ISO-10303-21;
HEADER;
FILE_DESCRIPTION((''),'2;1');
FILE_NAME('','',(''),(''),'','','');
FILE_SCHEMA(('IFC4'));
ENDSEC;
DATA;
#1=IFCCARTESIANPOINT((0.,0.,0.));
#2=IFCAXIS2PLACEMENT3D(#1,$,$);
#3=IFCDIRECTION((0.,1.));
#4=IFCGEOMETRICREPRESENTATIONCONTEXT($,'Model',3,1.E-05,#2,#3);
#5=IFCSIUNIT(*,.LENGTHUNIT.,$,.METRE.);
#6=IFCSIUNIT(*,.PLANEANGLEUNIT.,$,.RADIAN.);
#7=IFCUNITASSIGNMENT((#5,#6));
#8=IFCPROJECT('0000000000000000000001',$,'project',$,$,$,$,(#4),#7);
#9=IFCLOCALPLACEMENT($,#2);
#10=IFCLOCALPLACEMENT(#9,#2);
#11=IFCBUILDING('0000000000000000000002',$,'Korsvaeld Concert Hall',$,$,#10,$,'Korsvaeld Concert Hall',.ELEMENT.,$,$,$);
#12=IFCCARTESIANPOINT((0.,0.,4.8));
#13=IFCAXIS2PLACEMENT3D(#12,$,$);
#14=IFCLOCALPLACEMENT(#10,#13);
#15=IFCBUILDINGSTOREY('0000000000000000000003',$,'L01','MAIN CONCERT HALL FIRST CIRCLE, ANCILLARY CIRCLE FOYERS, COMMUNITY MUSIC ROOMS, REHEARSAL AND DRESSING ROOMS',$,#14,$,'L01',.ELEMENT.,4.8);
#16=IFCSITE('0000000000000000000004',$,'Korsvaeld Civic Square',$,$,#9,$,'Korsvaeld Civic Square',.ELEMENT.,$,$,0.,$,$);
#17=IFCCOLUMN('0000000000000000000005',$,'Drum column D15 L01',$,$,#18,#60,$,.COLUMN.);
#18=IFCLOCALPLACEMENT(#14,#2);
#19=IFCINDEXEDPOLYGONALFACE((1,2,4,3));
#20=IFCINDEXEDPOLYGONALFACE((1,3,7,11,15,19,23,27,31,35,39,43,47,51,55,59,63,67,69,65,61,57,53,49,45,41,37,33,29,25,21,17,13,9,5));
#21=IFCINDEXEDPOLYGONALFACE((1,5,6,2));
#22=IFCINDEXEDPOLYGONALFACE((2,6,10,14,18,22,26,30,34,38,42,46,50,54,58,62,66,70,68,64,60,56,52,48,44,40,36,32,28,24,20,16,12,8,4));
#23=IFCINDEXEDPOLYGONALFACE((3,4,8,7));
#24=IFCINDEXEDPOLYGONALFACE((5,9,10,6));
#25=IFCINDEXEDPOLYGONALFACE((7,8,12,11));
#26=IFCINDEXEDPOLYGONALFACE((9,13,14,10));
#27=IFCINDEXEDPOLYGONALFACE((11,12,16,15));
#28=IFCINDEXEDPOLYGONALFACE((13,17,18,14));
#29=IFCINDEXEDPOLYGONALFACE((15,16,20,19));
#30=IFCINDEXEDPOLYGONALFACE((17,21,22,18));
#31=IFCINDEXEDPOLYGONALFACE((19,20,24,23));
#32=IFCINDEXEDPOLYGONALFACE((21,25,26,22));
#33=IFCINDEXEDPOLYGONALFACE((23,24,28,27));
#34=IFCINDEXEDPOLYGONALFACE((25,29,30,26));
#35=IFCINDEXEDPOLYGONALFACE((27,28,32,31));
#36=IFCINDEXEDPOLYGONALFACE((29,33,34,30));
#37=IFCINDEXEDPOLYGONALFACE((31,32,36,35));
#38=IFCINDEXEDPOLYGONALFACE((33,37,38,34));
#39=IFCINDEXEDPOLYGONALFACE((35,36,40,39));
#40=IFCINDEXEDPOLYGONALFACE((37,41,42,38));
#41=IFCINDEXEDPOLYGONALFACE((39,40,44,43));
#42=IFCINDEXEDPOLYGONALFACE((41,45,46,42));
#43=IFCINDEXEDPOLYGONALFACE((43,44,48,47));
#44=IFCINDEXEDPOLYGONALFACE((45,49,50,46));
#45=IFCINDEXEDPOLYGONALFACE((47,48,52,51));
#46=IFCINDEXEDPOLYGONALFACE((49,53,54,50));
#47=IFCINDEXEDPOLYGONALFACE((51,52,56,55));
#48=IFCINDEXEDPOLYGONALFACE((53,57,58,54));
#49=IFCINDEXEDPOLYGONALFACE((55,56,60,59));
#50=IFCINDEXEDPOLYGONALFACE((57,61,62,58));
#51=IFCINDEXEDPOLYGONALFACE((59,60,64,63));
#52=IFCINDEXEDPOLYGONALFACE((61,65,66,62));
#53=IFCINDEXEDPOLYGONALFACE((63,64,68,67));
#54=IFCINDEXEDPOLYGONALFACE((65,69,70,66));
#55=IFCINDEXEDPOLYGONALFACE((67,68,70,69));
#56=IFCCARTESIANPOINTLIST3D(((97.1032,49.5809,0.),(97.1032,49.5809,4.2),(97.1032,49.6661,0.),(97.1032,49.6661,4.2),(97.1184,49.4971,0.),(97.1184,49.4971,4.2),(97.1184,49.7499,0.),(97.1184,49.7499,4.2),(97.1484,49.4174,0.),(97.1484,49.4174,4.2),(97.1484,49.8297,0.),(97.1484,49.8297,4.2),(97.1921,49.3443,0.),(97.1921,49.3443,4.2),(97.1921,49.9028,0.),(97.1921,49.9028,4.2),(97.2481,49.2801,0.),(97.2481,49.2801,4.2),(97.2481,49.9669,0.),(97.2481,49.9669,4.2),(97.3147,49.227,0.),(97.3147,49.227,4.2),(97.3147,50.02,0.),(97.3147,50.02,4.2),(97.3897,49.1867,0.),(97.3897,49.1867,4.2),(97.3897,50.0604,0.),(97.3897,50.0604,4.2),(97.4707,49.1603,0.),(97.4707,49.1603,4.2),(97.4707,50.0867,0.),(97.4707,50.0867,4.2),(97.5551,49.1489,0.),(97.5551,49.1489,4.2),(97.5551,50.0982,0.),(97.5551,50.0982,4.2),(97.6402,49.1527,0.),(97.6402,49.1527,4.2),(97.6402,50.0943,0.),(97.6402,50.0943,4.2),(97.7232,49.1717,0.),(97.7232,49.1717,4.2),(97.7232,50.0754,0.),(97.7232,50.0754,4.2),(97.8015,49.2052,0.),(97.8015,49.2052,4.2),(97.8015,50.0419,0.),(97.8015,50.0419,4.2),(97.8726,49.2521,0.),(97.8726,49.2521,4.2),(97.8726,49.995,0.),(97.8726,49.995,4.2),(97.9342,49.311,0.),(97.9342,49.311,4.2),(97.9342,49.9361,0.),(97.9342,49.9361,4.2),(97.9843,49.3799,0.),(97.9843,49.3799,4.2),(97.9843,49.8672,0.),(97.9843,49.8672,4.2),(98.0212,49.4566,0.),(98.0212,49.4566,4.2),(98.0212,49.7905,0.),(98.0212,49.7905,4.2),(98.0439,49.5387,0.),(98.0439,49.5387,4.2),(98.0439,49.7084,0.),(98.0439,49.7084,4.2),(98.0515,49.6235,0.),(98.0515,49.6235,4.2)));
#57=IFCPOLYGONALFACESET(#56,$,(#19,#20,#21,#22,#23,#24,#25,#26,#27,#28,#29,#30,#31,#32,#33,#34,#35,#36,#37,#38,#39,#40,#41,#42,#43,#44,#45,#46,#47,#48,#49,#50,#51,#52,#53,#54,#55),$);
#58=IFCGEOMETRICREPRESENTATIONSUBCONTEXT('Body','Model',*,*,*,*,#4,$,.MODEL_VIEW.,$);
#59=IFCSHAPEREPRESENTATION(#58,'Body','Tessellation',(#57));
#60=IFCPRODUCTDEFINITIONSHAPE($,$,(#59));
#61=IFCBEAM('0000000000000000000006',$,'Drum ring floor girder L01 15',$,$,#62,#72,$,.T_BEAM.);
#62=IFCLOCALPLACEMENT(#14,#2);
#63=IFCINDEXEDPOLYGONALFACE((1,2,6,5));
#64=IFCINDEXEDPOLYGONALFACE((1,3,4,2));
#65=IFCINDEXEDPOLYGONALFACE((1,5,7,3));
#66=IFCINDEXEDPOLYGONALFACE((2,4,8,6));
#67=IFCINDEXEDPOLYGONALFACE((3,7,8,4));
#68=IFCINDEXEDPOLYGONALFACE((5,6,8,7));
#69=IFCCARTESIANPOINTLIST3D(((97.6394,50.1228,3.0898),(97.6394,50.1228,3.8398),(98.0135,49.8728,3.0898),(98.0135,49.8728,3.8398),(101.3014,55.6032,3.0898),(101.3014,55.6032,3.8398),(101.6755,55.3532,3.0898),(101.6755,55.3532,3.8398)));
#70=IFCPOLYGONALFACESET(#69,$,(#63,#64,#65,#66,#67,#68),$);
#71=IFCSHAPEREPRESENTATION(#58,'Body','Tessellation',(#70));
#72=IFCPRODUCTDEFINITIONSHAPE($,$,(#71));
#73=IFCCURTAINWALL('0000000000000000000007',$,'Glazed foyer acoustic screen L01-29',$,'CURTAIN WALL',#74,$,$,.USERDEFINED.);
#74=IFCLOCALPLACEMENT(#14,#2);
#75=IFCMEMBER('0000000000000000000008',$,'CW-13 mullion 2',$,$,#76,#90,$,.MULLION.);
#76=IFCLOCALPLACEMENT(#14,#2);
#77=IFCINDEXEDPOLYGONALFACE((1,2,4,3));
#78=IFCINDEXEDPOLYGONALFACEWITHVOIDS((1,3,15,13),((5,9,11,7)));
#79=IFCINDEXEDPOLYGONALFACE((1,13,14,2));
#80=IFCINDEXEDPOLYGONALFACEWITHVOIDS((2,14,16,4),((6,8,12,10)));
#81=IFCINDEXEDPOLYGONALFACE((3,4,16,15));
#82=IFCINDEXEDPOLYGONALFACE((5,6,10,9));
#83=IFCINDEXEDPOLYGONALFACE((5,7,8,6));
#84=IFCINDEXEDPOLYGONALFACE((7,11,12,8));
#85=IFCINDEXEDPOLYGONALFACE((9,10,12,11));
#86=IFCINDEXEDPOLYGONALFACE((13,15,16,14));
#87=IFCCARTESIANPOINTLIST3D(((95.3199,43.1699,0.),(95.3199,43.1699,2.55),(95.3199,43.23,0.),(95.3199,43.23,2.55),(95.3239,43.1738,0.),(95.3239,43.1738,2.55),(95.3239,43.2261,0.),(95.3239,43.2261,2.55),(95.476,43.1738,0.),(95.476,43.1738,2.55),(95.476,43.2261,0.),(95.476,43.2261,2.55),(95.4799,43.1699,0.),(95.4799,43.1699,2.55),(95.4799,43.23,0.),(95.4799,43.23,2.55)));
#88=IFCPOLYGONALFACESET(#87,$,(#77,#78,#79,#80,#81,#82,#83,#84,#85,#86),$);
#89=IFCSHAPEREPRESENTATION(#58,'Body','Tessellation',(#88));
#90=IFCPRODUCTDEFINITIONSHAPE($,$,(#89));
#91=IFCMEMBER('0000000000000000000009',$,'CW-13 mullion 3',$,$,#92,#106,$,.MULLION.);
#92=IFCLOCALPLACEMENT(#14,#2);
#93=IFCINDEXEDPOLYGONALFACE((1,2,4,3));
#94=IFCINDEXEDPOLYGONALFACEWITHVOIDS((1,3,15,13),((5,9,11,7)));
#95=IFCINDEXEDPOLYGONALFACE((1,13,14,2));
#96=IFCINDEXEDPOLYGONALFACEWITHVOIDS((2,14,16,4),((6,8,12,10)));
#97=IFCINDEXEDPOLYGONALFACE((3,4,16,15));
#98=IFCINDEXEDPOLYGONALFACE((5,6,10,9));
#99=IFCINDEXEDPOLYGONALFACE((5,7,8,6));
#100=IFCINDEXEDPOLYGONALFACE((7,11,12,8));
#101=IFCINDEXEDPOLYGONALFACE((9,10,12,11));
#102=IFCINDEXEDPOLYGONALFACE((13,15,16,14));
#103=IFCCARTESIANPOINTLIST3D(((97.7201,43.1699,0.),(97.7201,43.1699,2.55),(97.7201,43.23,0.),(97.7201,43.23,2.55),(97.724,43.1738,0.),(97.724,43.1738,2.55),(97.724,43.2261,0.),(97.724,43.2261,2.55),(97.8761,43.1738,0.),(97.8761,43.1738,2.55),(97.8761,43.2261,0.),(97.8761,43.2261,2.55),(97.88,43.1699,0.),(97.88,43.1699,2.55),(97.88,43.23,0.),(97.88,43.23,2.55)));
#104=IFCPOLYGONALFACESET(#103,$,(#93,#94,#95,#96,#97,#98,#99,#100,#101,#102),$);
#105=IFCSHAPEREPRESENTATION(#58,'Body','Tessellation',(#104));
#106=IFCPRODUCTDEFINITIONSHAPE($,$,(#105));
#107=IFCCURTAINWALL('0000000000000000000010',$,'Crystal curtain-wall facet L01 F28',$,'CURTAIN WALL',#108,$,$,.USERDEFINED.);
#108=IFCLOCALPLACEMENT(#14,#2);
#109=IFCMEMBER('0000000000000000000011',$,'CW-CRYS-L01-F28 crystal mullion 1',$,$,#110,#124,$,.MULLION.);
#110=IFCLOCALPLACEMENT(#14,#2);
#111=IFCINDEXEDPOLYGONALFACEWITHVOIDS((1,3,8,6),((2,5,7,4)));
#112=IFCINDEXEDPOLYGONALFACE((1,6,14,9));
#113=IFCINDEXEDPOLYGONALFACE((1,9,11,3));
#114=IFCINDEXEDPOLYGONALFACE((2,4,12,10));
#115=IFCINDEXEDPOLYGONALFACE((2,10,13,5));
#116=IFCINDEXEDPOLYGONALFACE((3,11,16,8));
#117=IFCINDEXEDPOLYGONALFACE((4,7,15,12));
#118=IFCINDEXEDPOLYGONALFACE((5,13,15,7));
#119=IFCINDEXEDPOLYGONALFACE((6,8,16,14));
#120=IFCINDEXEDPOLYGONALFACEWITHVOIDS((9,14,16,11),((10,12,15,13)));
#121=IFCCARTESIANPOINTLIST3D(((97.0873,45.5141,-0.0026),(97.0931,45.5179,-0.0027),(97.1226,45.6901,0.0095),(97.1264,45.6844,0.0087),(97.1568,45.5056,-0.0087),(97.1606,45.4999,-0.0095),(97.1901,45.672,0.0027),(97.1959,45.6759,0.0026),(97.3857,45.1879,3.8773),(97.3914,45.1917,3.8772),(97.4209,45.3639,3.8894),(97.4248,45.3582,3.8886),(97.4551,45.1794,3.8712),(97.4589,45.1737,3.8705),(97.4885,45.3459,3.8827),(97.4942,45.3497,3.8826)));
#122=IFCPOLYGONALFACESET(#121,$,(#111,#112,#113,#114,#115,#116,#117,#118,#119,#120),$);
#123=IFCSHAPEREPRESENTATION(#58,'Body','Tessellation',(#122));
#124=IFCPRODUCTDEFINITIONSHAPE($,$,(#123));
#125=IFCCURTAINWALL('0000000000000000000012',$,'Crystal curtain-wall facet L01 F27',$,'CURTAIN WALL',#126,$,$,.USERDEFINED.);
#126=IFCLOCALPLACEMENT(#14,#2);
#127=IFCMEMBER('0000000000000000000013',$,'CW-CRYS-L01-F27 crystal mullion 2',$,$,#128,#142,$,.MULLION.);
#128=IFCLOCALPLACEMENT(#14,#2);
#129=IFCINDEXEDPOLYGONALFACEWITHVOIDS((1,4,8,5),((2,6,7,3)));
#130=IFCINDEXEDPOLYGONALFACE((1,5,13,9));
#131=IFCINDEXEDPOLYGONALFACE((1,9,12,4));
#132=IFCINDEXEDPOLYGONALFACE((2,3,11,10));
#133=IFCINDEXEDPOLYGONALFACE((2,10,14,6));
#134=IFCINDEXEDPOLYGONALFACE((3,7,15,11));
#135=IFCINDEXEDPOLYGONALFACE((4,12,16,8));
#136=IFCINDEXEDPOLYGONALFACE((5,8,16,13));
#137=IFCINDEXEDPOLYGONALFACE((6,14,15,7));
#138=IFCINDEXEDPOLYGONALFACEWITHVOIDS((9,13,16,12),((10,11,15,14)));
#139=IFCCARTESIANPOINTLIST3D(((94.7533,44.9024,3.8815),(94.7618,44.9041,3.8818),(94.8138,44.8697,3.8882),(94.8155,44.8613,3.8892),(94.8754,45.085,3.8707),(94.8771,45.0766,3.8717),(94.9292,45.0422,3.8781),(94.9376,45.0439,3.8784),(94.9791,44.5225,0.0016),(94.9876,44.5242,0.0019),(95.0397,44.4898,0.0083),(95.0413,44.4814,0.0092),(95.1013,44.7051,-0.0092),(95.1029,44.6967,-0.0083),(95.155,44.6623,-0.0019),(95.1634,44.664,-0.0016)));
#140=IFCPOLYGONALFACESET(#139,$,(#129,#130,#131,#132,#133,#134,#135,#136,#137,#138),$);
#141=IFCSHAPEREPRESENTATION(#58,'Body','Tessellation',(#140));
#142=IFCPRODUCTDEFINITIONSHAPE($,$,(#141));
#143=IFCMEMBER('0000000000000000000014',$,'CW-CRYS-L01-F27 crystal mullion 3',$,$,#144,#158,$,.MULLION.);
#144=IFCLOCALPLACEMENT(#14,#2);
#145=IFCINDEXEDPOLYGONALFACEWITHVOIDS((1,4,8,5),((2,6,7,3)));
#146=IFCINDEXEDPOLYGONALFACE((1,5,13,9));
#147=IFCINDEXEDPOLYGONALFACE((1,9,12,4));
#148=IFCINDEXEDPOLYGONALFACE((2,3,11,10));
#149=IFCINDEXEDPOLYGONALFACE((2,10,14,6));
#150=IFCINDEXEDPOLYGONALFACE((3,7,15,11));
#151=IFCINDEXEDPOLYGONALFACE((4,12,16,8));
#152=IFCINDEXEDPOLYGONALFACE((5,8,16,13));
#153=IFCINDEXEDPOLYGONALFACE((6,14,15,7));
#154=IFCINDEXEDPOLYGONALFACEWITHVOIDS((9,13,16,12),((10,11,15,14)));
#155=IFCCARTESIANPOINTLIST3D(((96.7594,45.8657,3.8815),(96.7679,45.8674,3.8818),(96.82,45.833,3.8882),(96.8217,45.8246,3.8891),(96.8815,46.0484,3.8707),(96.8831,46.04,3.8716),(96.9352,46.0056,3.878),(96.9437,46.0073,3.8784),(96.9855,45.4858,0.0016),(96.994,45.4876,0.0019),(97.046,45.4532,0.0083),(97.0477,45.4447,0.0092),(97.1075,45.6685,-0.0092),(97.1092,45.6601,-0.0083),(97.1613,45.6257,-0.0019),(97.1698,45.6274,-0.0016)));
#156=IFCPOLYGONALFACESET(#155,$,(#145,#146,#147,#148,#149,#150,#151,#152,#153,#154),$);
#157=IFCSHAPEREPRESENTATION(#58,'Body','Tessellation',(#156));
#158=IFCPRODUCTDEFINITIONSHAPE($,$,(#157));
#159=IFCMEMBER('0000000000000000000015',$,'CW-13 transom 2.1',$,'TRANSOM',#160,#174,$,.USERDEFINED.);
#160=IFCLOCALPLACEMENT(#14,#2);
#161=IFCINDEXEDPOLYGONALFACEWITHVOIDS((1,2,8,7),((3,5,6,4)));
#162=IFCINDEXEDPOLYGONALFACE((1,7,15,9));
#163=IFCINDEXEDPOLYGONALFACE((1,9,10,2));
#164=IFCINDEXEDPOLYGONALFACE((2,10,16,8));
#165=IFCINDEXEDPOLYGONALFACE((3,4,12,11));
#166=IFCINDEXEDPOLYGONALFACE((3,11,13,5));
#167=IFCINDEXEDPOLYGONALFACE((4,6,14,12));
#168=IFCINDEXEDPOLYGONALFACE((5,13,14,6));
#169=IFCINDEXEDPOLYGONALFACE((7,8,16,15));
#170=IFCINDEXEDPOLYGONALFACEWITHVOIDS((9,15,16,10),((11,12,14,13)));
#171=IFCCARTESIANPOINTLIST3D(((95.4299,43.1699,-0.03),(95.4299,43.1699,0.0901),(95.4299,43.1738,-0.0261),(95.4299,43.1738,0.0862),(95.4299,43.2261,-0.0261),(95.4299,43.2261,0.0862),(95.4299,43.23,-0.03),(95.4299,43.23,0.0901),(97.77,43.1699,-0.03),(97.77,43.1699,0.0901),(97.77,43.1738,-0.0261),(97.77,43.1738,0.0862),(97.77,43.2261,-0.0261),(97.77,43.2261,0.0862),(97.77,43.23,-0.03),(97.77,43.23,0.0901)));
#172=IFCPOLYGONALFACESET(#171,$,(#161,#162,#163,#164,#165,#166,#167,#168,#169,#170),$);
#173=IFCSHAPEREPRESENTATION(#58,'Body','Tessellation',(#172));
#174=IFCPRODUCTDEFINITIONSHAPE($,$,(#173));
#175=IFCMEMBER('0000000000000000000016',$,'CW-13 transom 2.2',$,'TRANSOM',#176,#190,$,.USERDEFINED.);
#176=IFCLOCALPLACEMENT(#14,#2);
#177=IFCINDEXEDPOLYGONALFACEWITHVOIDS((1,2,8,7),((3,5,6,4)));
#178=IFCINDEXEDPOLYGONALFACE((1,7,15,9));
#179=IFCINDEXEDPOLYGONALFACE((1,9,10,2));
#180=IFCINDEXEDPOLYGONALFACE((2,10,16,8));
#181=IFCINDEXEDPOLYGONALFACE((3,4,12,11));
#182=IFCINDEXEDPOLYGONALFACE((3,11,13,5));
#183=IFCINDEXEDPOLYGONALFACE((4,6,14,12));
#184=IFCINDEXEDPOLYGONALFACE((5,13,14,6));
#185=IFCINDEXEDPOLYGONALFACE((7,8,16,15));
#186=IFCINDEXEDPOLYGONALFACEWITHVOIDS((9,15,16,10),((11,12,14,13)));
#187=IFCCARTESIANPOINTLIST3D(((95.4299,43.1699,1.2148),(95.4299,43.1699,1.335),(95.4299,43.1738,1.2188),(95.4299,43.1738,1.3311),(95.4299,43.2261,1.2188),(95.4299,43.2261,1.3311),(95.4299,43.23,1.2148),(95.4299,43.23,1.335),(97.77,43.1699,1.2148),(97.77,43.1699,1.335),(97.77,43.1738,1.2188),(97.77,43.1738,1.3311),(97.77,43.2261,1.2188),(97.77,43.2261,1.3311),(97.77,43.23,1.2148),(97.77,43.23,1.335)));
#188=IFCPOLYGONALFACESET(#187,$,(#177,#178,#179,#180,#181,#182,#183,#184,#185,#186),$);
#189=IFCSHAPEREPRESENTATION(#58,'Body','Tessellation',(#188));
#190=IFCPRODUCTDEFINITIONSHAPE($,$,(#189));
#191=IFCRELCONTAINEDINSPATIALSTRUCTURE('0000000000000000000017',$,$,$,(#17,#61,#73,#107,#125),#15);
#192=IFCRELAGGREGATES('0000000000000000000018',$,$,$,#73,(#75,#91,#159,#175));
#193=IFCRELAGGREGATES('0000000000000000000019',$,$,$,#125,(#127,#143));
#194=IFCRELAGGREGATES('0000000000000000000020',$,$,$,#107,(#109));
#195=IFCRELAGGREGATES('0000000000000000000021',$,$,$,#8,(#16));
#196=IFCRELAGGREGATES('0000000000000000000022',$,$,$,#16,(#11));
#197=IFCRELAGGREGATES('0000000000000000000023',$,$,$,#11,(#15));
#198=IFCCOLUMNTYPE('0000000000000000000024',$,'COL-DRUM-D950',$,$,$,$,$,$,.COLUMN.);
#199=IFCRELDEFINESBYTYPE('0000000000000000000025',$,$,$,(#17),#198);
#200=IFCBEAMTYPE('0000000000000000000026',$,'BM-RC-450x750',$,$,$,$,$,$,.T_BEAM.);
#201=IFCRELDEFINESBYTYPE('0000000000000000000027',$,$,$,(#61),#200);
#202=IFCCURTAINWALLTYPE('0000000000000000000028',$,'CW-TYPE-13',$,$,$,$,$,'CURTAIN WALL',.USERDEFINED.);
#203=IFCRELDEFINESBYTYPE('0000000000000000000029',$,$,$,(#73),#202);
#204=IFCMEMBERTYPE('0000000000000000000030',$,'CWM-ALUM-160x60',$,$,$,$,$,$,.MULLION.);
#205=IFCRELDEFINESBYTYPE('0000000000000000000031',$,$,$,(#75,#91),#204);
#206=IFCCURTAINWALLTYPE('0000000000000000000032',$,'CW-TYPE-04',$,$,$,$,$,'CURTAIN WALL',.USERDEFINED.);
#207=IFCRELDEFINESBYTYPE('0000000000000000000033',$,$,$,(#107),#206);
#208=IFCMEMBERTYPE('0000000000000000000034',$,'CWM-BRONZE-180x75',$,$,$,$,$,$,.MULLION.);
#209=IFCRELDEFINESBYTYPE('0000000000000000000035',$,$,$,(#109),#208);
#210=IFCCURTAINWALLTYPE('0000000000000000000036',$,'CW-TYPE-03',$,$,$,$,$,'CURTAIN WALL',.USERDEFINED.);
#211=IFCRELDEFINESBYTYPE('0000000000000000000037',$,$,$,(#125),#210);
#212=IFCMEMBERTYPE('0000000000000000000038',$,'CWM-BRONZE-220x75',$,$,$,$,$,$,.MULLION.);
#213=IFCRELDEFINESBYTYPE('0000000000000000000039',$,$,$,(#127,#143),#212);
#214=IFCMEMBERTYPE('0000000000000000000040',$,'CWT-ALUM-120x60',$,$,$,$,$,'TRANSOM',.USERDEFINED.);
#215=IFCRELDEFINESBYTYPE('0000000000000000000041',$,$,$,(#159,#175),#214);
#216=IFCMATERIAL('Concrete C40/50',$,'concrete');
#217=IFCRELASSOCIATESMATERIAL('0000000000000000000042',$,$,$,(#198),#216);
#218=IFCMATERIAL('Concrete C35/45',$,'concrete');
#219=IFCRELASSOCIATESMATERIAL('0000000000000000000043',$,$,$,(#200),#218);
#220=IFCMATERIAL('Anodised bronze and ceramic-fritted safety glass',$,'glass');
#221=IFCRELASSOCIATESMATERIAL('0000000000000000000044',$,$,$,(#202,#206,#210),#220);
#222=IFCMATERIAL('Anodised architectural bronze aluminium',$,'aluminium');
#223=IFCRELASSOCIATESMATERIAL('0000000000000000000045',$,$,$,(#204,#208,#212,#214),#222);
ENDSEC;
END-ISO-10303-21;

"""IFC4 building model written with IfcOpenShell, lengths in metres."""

from ifc_helpers import new_model, si_unit, direction, frame, origin, origin_2d, place, context, subcontext, project, spatial, rectangle, hollow_rectangle, circle, extrude, material, material_profile, profile_set, type_object, element, aggregate, save


model = new_model("IFC4")

# Units and contexts
model_context = context("Model", 3, precision=1e-05, world=origin(), true_north=direction((0.0, 1.0)))
body_context = subcontext(model_context, "Body", "Model", "MODEL_VIEW")
ifc_project = project(units=[si_unit("LENGTHUNIT", "METRE"), si_unit("PLANEANGLEUNIT", "RADIAN")], contexts=[model_context])

# Site, building, storey
site_placement = place(None, origin())
site = spatial("IfcSite", under=ifc_project, at=site_placement, Name="Korsvaeld Civic Square", LongName="Korsvaeld Civic Square", CompositionType="ELEMENT", RefElevation=0.0)
building_placement = place(site_placement, origin())
building = spatial("IfcBuilding", under=site, at=building_placement, Name="Korsvaeld Concert Hall", LongName="Korsvaeld Concert Hall", CompositionType="ELEMENT")
storey_placement = place(building_placement, frame((0.0, 0.0, 4.8)))
storey = spatial("IfcBuildingStorey", under=building, at=storey_placement, Name="L01", Description="MAIN CONCERT HALL FIRST CIRCLE, ANCILLARY CIRCLE FOYERS, COMMUNITY MUSIC ROOMS, REHEARSAL AND DRESSING ROOMS", LongName="L01", CompositionType="ELEMENT", Elevation=4.8)

# Column
ifc_material_1 = material(Name="Concrete C40/50", Category="concrete")
ifc_material_profile_1 = material_profile(ifc_material_1, circle(Radius=0.4751, at=origin_2d()), Name="RC D950")
ifc_profile_set_1 = profile_set([ifc_material_profile_1], Name="Concrete C40/50")
column_type = type_object("IfcColumnType", Name="COL-DRUM-D950", PredefinedType="COLUMN", material=ifc_profile_set_1)
column_placement = place(storey_placement, frame((97.5764, 49.6235, 0.0), z_axis=(0.0, 0.0, 1.0), x_axis=(1.0, 0.0, 0.0)))
element("IfcColumn", 1, at=column_placement, inside=storey, type_object=column_type, Name="Drum column D15 L01", PredefinedType="COLUMN", context=body_context, shape_type="SweptSolid", body=[
    extrude(circle(Radius=0.4751, at=origin_2d()), origin(), (0.0, 0.0, 1.0), 4.2),
])

# Beam
ifc_material_2 = material(Name="Concrete C35/45", Category="concrete")
ifc_material_profile_2 = material_profile(ifc_material_2, rectangle(XDim=0.45, YDim=0.75, at=origin_2d()), Name="RC 450x750")
ifc_profile_set_2 = profile_set([ifc_material_profile_2], Name="Concrete C35/45")
beam_type = type_object("IfcBeamType", Name="BM-RC-450x750", PredefinedType="T_BEAM", material=ifc_profile_set_2)
beam_placement = place(storey_placement, frame((97.8264, 49.9978, 3.4648), z_axis=(0.555589, 0.831457, 0.0), x_axis=(-0.831457, 0.555589, 0.0)))
element("IfcBeam", 2, at=beam_placement, inside=storey, type_object=beam_type, Name="Drum ring floor girder L01 15", PredefinedType="T_BEAM", context=body_context, shape_type="SweptSolid", body=[
    extrude(rectangle(XDim=0.45, YDim=0.75, at=origin_2d()), origin(), (0.0, 0.0, 1.0), 6.5913),
])

# Curtain wall, members
ifc_material_3 = material(Name="Anodised bronze and ceramic-fritted safety glass", Category="glass")
curtain_wall_type_1 = type_object("IfcCurtainWallType", Name="CW-TYPE-13", ElementType="CURTAIN WALL", PredefinedType="USERDEFINED", material=ifc_material_3)
curtain_wall_1_placement = place(storey_placement, origin())
curtain_wall_1 = element("IfcCurtainWall", 3, at=curtain_wall_1_placement, inside=storey, type_object=curtain_wall_type_1, Name="Glazed foyer acoustic screen L01-29", ObjectType="CURTAIN WALL", PredefinedType="USERDEFINED")
ifc_material_4 = material(Name="Anodised architectural bronze aluminium", Category="aluminium")
ifc_material_profile_3 = material_profile(ifc_material_4, hollow_rectangle(XDim=0.0601, YDim=0.1599, WallThickness=0.0039, at=origin_2d()), Name="CWM 160x60x4")
ifc_profile_set_3 = profile_set([ifc_material_profile_3], Name="Anodised architectural bronze aluminium")
member_type_1 = type_object("IfcMemberType", Name="CWM-ALUM-160x60", PredefinedType="MULLION", material=ifc_profile_set_3)
member_1_placement = place(storey_placement, frame((95.3999, 43.2, 0.0), z_axis=(0.0, 0.0, 1.0), x_axis=(0.0, 1.0, 0.0)))
member_1 = element("IfcMember", 4, at=member_1_placement, type_object=member_type_1, Name="CW-13 mullion 2", PredefinedType="MULLION", context=body_context, shape_type="SweptSolid", body=[
    extrude(hollow_rectangle(XDim=0.0601, YDim=0.1599, WallThickness=0.0039, at=origin_2d()), origin(), (0.0, 0.0, 1.0), 2.55),
])
member_2_placement = place(storey_placement, frame((97.8, 43.2, 0.0), z_axis=(0.0, 0.0, 1.0), x_axis=(0.0, 1.0, 0.0)))
member_2 = element("IfcMember", 5, at=member_2_placement, type_object=member_type_1, Name="CW-13 mullion 3", PredefinedType="MULLION", context=body_context, shape_type="SweptSolid", body=[
    extrude(hollow_rectangle(XDim=0.0601, YDim=0.1599, WallThickness=0.0039, at=origin_2d()), origin(), (0.0, 0.0, 1.0), 2.55),
])

# Curtain wall, member
curtain_wall_type_2 = type_object("IfcCurtainWallType", Name="CW-TYPE-04", ElementType="CURTAIN WALL", PredefinedType="USERDEFINED", material=ifc_material_3)
curtain_wall_2_placement = place(storey_placement, origin())
curtain_wall_2 = element("IfcCurtainWall", 6, at=curtain_wall_2_placement, inside=storey, type_object=curtain_wall_type_2, Name="Crystal curtain-wall facet L01 F28", ObjectType="CURTAIN WALL", PredefinedType="USERDEFINED")
ifc_material_profile_4 = material_profile(ifc_material_4, hollow_rectangle(XDim=0.075, YDim=0.1799, WallThickness=0.0049, at=origin_2d()), Name="CWM 180x75x5")
ifc_profile_set_4 = profile_set([ifc_material_profile_4], Name="Anodised architectural bronze aluminium")
member_type_2 = type_object("IfcMemberType", Name="CWM-BRONZE-180x75", PredefinedType="MULLION", material=ifc_profile_set_4)
member_3_placement = place(storey_placement, frame((97.1416, 45.595, 0.0), z_axis=(0.0764, -0.083527, 0.993572), x_axis=(-0.977623, 0.189609, 0.091113)))
member_3 = element("IfcMember", 7, at=member_3_placement, type_object=member_type_2, Name="CW-CRYS-L01-F28 crystal mullion 1", PredefinedType="MULLION", context=body_context, shape_type="SweptSolid", body=[
    extrude(hollow_rectangle(XDim=0.075, YDim=0.1799, WallThickness=0.0049, at=origin_2d()), origin(), (0.0, 0.0, 1.0), 3.905),
])

# Curtain wall, members
curtain_wall_type_3 = type_object("IfcCurtainWallType", Name="CW-TYPE-03", ElementType="CURTAIN WALL", PredefinedType="USERDEFINED", material=ifc_material_3)
curtain_wall_3_placement = place(storey_placement, origin())
curtain_wall_3 = element("IfcCurtainWall", 8, at=curtain_wall_3_placement, inside=storey, type_object=curtain_wall_type_3, Name="Crystal curtain-wall facet L01 F27", ObjectType="CURTAIN WALL", PredefinedType="USERDEFINED")
ifc_material_profile_5 = material_profile(ifc_material_4, hollow_rectangle(XDim=0.075, YDim=0.22, WallThickness=0.0061, at=origin_2d()), Name="CWM 220x75x6")
ifc_profile_set_5 = profile_set([ifc_material_profile_5], Name="Anodised architectural bronze aluminium")
member_type_3 = type_object("IfcMemberType", Name="CWM-BRONZE-220x75", PredefinedType="MULLION", material=ifc_profile_set_5)
member_4_placement = place(storey_placement, frame((95.0713, 44.5933, 0.0), z_axis=(-0.057831, 0.097282, 0.993575), x_axis=(0.82974, -0.548746, 0.102024)))
member_4 = element("IfcMember", 9, at=member_4_placement, type_object=member_type_3, Name="CW-CRYS-L01-F27 crystal mullion 2", PredefinedType="MULLION", context=body_context, shape_type="SweptSolid", body=[
    extrude(hollow_rectangle(XDim=0.075, YDim=0.22, WallThickness=0.0061, at=origin_2d()), origin(), (0.0, 0.0, 1.0), 3.905),
])
member_5_placement = place(storey_placement, frame((97.0776, 45.5566, 0.0), z_axis=(-0.057894, 0.097281, 0.993572), x_axis=(0.829999, -0.548349, 0.102052)))
member_5 = element("IfcMember", 10, at=member_5_placement, type_object=member_type_3, Name="CW-CRYS-L01-F27 crystal mullion 3", PredefinedType="MULLION", context=body_context, shape_type="SweptSolid", body=[
    extrude(hollow_rectangle(XDim=0.075, YDim=0.22, WallThickness=0.0061, at=origin_2d()), origin(), (0.0, 0.0, 1.0), 3.905),
])

# Members
ifc_material_profile_6 = material_profile(ifc_material_4, hollow_rectangle(XDim=0.0601, YDim=0.1201, WallThickness=0.0039, at=origin_2d()), Name="CWT 120x60x4")
ifc_profile_set_6 = profile_set([ifc_material_profile_6], Name="Anodised architectural bronze aluminium")
member_type_4 = type_object("IfcMemberType", Name="CWT-ALUM-120x60", ElementType="TRANSOM", PredefinedType="USERDEFINED", material=ifc_profile_set_6)
member_6_placement = place(storey_placement, frame((95.4299, 43.2, 0.03), z_axis=(1.0, 0.0, 0.0), x_axis=(0.0, 1.0, 0.0)))
member_6 = element("IfcMember", 11, at=member_6_placement, type_object=member_type_4, Name="CW-13 transom 2.1", ObjectType="TRANSOM", PredefinedType="USERDEFINED", context=body_context, shape_type="SweptSolid", body=[
    extrude(hollow_rectangle(XDim=0.0601, YDim=0.1201, WallThickness=0.0039, at=origin_2d()), origin(), (0.0, 0.0, 1.0), 2.3401),
])
member_7_placement = place(storey_placement, frame((95.4299, 43.2, 1.2749), z_axis=(1.0, 0.0, 0.0), x_axis=(0.0, 1.0, 0.0)))
member_7 = element("IfcMember", 12, at=member_7_placement, type_object=member_type_4, Name="CW-13 transom 2.2", ObjectType="TRANSOM", PredefinedType="USERDEFINED", context=body_context, shape_type="SweptSolid", body=[
    extrude(hollow_rectangle(XDim=0.0601, YDim=0.1201, WallThickness=0.0039, at=origin_2d()), origin(), (0.0, 0.0, 1.0), 2.3401),
])

aggregate(curtain_wall_1, [member_1, member_2, member_6, member_7])
aggregate(curtain_wall_3, [member_4, member_5])
aggregate(curtain_wall_2, [member_3])

save(model, "model.ifc")
